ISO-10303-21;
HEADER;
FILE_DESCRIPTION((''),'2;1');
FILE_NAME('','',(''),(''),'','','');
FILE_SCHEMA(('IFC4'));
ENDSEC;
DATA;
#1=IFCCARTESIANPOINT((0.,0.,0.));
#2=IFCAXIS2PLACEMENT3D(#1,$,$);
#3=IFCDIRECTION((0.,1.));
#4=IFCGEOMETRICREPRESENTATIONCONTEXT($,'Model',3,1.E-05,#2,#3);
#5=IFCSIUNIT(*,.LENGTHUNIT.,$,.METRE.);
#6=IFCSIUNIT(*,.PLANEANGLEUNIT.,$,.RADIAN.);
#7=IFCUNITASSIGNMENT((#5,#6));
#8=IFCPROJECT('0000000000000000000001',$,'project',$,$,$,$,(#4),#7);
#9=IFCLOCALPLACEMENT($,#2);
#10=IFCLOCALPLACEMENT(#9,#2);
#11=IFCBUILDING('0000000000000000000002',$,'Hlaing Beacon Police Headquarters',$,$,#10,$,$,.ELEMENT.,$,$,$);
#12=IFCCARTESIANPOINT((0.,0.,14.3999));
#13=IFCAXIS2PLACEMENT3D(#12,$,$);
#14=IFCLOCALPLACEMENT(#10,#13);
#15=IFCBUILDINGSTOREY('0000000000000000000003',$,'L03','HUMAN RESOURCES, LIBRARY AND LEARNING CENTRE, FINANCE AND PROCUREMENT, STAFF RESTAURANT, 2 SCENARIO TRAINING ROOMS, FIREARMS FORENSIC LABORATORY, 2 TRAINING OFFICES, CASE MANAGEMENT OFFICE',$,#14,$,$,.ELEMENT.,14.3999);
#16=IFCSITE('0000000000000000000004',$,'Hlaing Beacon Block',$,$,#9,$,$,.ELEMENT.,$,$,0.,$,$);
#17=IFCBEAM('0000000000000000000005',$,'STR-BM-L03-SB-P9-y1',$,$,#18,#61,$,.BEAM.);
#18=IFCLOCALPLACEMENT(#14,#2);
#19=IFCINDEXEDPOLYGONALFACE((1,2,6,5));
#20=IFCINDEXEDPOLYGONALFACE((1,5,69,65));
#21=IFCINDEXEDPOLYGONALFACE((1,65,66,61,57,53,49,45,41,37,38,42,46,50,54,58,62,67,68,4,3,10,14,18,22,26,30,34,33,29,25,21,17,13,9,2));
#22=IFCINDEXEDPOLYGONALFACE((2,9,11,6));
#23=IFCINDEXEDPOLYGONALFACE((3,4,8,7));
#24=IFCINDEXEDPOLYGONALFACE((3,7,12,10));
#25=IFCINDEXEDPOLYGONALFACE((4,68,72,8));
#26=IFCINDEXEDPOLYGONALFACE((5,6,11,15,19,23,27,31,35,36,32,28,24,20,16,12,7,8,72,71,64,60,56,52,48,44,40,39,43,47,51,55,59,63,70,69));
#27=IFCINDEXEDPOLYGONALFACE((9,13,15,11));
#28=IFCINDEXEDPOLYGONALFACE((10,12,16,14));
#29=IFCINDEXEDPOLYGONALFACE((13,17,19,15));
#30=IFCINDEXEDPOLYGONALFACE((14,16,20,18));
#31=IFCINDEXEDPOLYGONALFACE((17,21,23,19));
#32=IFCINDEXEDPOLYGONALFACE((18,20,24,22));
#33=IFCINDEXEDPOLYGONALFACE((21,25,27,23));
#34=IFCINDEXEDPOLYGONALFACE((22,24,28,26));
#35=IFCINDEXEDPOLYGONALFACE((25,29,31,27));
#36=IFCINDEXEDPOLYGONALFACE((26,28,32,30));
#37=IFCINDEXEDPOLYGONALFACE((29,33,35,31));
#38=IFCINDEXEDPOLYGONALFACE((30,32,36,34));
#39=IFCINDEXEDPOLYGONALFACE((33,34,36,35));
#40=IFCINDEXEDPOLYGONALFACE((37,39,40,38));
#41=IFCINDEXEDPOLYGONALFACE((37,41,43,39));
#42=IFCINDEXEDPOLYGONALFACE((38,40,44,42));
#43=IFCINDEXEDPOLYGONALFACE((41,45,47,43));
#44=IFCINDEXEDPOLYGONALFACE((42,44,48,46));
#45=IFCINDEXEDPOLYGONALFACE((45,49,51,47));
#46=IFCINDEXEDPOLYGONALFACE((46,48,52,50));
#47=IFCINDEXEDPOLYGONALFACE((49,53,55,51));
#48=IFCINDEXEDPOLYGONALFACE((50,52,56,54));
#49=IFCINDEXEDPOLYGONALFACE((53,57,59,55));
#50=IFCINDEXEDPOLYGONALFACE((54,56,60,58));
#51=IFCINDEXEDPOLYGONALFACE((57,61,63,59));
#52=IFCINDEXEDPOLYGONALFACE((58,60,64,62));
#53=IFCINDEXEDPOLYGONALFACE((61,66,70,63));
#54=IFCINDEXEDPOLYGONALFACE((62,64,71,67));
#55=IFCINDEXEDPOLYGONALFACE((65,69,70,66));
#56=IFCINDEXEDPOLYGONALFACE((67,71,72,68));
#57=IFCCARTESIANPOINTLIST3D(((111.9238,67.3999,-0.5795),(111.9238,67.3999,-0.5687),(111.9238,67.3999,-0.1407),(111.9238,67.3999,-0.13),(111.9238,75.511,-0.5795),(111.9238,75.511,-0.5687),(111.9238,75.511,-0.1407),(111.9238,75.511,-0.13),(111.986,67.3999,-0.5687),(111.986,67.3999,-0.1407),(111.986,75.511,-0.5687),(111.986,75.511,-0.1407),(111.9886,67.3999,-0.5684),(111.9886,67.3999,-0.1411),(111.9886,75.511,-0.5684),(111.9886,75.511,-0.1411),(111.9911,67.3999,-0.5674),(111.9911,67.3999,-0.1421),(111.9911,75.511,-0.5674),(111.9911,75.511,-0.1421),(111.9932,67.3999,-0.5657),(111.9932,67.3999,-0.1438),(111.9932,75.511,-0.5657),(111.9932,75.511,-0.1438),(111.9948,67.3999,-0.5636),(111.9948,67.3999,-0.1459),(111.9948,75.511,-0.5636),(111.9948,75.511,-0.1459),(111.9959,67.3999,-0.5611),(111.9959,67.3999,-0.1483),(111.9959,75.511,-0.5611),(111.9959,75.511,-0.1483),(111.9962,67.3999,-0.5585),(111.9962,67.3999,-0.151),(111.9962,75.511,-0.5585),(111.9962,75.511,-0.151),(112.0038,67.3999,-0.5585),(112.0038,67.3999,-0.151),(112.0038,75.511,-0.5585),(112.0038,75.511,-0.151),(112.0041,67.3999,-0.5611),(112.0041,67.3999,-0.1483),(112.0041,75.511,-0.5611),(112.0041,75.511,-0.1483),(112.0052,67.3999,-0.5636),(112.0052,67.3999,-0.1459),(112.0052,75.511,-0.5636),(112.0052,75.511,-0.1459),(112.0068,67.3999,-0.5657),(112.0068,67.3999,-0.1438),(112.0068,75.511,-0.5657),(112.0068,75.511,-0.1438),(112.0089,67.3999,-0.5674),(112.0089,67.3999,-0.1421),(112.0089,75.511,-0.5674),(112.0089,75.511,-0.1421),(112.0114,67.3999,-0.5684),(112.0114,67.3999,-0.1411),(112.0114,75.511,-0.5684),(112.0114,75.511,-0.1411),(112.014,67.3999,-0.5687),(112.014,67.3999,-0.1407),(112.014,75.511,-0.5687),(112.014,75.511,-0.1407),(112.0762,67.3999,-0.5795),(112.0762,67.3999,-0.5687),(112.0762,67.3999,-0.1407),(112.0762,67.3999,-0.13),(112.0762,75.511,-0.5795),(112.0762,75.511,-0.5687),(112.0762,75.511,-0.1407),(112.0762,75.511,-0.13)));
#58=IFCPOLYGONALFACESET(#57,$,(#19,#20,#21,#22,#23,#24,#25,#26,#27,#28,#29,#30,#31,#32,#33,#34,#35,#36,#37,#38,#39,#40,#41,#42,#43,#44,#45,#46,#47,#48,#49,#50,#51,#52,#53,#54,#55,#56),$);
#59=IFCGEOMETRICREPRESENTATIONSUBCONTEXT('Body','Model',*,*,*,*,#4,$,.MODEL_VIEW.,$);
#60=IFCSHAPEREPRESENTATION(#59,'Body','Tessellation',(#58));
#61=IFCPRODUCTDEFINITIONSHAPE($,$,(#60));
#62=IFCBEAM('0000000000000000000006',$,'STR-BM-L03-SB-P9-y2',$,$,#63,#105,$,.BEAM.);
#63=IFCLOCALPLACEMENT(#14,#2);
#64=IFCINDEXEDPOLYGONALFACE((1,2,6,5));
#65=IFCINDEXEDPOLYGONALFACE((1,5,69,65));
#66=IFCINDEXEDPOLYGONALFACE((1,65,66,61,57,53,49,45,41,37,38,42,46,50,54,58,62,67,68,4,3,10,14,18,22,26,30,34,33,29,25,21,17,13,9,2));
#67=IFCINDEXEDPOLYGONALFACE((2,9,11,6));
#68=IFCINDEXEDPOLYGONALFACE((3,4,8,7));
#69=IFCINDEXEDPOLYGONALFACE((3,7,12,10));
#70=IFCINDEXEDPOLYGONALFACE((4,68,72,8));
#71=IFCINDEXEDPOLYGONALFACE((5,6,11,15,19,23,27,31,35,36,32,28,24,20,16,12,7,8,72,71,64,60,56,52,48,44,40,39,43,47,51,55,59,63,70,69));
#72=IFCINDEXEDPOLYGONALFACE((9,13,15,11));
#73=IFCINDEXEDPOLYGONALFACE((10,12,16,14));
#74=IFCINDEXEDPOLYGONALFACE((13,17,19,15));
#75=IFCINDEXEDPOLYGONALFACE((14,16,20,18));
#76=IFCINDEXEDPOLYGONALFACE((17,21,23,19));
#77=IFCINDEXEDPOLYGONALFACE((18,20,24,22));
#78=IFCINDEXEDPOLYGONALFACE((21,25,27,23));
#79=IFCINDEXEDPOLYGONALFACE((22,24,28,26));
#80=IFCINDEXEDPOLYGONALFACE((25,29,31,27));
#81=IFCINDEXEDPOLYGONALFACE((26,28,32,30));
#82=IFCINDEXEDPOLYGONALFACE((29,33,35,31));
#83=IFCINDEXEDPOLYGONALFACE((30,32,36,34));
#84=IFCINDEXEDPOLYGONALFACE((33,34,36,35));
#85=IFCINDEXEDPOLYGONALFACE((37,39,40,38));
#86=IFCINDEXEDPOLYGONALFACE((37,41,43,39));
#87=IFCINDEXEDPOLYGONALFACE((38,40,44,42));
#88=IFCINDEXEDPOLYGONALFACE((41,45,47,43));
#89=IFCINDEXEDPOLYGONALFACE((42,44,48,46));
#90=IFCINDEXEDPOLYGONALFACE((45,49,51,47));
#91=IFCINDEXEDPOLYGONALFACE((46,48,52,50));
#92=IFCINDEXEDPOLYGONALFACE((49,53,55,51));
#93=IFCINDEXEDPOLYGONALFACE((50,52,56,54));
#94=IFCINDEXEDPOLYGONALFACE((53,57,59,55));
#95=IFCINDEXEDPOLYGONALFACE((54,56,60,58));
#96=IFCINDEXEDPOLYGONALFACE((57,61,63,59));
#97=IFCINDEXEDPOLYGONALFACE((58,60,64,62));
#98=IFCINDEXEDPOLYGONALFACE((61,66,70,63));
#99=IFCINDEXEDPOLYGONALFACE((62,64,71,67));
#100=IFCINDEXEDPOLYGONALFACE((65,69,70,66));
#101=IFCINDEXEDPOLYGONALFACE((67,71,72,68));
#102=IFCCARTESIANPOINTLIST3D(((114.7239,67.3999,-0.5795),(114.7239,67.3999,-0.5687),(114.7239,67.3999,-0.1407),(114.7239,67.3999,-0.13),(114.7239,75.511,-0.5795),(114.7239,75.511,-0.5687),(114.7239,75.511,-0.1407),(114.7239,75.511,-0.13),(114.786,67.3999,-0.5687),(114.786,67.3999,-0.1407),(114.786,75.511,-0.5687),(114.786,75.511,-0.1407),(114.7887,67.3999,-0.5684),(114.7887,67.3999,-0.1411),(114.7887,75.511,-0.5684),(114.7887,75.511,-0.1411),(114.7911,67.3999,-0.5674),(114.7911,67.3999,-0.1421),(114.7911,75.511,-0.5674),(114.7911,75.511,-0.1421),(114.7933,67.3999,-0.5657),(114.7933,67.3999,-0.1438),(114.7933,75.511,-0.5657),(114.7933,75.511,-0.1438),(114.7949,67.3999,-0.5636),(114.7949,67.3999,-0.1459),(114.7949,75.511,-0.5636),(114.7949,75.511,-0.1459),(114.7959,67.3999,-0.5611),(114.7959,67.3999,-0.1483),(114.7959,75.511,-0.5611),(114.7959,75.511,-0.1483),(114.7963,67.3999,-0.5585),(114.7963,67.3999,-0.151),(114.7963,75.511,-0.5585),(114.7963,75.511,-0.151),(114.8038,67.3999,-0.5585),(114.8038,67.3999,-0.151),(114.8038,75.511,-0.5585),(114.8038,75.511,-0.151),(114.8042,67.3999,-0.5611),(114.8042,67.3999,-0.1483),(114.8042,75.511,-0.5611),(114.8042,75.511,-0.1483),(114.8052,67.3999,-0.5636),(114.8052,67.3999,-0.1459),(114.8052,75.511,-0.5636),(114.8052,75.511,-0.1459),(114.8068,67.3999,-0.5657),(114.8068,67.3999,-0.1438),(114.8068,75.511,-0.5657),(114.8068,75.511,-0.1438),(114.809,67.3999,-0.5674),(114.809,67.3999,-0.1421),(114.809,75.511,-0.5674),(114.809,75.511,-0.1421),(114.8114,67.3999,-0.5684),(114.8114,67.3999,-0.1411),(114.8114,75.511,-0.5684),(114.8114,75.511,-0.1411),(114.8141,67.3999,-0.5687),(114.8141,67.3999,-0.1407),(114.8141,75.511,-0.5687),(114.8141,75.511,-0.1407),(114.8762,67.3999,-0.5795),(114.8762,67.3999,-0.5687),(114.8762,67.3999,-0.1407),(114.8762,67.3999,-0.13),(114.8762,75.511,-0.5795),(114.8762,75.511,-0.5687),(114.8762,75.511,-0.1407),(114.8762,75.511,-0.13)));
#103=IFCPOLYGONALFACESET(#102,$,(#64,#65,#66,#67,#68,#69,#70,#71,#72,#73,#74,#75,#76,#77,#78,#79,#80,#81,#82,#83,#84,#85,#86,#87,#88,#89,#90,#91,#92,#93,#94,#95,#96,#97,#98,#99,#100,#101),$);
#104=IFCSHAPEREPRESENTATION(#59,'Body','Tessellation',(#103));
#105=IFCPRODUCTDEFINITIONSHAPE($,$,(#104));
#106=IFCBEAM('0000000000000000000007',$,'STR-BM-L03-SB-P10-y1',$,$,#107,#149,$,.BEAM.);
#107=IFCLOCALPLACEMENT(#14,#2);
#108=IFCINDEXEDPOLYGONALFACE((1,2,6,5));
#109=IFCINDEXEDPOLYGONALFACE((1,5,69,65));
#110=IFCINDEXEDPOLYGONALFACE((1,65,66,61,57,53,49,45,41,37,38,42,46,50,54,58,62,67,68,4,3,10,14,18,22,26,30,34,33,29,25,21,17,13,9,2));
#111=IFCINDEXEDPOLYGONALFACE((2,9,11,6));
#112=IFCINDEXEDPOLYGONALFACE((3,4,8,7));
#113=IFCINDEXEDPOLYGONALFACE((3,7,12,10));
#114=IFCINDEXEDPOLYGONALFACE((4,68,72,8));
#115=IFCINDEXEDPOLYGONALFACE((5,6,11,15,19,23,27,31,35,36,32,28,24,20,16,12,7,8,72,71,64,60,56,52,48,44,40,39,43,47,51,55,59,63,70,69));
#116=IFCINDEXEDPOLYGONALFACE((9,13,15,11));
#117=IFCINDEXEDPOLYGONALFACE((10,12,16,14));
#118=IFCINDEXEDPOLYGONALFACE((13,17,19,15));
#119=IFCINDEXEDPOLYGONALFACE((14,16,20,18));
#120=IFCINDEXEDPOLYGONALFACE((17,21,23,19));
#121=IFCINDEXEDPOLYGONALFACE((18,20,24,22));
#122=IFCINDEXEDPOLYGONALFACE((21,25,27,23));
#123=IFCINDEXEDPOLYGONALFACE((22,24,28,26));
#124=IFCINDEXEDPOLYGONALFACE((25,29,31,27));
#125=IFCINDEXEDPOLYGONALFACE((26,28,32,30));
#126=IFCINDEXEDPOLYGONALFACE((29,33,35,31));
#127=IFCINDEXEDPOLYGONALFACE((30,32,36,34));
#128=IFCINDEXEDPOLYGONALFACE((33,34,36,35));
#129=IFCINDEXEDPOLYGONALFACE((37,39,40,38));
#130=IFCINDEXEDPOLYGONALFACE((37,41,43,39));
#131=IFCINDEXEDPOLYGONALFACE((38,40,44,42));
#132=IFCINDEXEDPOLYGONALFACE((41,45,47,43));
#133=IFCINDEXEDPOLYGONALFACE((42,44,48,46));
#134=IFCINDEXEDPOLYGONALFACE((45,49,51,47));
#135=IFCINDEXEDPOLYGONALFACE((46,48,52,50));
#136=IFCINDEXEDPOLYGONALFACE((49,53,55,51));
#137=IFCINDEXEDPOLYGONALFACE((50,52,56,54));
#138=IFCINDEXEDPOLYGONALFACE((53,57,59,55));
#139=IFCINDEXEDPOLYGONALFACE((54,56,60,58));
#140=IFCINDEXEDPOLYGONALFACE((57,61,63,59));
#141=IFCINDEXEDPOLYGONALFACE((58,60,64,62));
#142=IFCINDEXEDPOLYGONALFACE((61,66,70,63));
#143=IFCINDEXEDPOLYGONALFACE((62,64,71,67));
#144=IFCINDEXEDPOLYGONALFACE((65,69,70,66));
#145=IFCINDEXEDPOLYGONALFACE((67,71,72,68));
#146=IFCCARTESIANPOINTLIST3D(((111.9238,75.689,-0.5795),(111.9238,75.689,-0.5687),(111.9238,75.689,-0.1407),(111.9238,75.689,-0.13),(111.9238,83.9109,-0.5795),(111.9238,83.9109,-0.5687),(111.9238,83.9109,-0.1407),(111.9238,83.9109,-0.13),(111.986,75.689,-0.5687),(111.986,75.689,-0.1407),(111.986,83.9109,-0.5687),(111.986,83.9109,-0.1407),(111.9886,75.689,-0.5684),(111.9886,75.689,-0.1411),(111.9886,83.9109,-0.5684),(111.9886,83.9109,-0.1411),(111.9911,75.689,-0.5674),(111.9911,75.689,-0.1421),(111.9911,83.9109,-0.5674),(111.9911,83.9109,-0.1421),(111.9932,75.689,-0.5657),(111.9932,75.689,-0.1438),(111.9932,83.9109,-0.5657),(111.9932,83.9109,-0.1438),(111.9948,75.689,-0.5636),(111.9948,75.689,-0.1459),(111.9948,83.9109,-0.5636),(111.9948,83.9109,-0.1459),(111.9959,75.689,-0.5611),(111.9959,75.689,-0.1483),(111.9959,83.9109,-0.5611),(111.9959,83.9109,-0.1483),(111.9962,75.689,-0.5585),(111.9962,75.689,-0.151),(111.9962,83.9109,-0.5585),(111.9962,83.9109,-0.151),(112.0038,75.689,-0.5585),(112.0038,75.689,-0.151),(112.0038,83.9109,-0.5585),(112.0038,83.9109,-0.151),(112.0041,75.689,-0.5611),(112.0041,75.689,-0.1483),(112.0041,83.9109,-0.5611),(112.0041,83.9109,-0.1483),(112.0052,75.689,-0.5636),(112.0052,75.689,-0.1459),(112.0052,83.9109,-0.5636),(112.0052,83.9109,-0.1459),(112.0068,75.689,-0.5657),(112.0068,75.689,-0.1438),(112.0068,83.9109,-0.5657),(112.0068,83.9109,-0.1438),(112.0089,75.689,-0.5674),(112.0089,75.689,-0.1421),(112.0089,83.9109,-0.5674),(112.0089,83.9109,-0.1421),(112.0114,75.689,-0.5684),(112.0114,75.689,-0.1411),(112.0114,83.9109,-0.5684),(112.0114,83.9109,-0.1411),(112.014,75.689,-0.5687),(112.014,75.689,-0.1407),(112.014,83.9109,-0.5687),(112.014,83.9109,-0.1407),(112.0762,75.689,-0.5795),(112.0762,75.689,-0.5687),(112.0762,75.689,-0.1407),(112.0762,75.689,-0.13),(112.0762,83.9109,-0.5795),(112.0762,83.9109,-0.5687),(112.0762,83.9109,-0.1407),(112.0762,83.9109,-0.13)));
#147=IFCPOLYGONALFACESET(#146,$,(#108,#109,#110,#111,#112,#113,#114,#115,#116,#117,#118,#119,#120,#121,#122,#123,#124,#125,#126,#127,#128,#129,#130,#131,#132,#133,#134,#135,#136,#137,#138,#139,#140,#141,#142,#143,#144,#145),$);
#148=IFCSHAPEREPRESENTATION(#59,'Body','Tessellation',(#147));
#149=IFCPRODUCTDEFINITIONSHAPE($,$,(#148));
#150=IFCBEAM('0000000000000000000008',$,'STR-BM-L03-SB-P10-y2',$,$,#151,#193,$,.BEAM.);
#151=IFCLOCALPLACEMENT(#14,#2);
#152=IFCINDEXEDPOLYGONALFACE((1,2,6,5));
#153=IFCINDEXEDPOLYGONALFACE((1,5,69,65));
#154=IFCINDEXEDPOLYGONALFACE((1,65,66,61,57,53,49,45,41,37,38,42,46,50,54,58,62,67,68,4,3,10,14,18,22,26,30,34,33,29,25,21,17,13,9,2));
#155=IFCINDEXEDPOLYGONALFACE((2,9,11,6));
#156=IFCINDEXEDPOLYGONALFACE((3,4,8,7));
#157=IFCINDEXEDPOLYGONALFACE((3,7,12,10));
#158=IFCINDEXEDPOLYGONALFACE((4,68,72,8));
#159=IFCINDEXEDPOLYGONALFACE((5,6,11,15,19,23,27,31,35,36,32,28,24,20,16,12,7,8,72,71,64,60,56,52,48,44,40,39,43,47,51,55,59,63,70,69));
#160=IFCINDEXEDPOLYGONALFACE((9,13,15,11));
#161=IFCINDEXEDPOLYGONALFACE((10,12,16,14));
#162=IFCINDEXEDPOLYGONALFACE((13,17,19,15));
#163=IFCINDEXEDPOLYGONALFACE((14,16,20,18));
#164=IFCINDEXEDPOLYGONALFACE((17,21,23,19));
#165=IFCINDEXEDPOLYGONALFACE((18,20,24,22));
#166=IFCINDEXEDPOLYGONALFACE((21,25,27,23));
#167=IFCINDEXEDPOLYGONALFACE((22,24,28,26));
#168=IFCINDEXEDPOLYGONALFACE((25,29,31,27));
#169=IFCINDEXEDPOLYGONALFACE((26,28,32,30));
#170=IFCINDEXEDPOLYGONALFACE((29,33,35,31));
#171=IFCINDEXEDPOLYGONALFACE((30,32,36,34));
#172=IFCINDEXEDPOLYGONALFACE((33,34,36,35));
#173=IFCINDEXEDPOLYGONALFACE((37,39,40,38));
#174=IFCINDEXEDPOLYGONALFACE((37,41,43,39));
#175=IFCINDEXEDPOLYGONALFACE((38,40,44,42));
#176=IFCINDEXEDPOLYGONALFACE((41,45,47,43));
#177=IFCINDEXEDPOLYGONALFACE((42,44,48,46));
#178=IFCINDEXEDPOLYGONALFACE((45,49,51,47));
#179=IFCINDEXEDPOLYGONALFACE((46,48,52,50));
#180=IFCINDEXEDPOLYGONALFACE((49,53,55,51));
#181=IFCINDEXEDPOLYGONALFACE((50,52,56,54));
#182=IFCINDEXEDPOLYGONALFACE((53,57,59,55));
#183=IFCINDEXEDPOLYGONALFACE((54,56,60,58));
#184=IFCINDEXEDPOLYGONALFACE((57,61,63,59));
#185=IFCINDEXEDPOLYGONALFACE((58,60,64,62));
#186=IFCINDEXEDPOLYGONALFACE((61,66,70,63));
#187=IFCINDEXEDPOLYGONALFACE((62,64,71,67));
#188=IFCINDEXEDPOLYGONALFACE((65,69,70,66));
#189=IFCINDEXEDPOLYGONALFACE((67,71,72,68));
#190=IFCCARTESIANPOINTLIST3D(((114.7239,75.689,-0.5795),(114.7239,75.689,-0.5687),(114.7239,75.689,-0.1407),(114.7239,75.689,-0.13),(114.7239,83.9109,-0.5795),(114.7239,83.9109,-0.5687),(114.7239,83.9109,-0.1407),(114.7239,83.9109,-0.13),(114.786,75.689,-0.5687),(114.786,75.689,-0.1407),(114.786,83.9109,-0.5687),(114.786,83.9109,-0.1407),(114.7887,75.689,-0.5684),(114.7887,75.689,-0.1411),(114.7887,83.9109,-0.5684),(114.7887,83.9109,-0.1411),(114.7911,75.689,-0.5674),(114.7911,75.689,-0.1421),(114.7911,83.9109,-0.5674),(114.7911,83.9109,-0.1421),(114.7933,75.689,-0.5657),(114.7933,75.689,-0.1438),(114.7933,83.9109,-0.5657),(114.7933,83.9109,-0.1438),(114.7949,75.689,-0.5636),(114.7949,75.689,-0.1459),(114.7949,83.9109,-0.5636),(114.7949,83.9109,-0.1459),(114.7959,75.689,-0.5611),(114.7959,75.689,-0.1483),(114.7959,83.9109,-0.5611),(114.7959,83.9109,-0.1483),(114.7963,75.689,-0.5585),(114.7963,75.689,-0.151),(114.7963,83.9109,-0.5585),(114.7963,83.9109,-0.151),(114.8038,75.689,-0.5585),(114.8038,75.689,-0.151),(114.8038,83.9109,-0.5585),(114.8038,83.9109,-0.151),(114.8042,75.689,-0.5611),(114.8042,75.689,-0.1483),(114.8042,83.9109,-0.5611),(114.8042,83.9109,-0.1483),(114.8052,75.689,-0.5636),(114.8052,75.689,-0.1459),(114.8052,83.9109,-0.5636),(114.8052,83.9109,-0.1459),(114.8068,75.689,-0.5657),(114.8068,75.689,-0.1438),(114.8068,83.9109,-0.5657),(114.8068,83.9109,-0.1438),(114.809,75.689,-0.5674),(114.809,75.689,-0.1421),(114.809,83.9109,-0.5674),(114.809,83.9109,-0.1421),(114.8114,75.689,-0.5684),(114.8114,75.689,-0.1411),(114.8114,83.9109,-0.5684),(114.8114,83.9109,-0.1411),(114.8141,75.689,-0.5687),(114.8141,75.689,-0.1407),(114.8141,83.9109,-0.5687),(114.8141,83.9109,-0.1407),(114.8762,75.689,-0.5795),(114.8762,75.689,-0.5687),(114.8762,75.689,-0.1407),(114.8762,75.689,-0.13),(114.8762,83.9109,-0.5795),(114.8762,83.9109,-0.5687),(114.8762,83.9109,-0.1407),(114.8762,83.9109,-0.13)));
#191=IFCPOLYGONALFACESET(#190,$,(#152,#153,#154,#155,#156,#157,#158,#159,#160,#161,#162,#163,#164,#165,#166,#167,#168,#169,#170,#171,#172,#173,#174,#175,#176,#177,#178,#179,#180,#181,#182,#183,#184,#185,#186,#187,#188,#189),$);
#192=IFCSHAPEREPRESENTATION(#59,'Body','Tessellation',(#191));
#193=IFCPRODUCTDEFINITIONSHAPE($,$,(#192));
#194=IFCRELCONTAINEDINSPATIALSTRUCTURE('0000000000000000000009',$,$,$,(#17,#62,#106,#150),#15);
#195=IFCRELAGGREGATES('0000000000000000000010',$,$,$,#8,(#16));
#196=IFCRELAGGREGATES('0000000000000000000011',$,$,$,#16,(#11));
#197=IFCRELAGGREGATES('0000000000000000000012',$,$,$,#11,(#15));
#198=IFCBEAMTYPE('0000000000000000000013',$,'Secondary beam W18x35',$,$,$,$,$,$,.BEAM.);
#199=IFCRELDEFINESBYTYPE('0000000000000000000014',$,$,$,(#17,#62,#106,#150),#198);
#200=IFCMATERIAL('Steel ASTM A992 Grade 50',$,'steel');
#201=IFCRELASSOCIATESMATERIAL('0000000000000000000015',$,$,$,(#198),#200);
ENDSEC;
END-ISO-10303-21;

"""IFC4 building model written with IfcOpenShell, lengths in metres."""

from ifc_helpers import new_model, si_unit, direction, frame, origin, origin_2d, place, context, subcontext, project, spatial, i_section, extrude, material, material_profile, profile_set, type_object, element, save


model = new_model("IFC4")

# Units and contexts
model_context = context("Model", 3, precision=1e-05, world=origin(), true_north=direction((0.0, 1.0)))
body_context = subcontext(model_context, "Body", "Model", "MODEL_VIEW")
ifc_project = project(units=[si_unit("LENGTHUNIT", "METRE"), si_unit("PLANEANGLEUNIT", "RADIAN")], contexts=[model_context])

# Site, building, storey
site_placement = place(None, origin())
site = spatial("IfcSite", under=ifc_project, at=site_placement, Name="Hlaing Beacon Block", CompositionType="ELEMENT", RefElevation=0.0)
building_placement = place(site_placement, origin())
building = spatial("IfcBuilding", under=site, at=building_placement, Name="Hlaing Beacon Police Headquarters", CompositionType="ELEMENT")
storey_placement = place(building_placement, frame((0.0, 0.0, 14.3999)))
storey = spatial("IfcBuildingStorey", under=building, at=storey_placement, Name="L03", Description="HUMAN RESOURCES, LIBRARY AND LEARNING CENTRE, FINANCE AND PROCUREMENT, STAFF RESTAURANT, 2 SCENARIO TRAINING ROOMS, FIREARMS FORENSIC LABORATORY, 2 TRAINING OFFICES, CASE MANAGEMENT OFFICE", CompositionType="ELEMENT", Elevation=14.3999)

# Beams
ifc_material_1 = material(Name="Steel ASTM A992 Grade 50", Category="steel")
ifc_material_profile_1 = material_profile(ifc_material_1, i_section(OverallWidth=0.1523, OverallDepth=0.4495, WebThickness=0.0076, FlangeThickness=0.0107, FilletRadius=0.0103, at=origin_2d()), Name="W18x35")
ifc_profile_set_1 = profile_set([ifc_material_profile_1], Name="Steel ASTM A992 Grade 50")
beam_type_1 = type_object("IfcBeamType", Name="Secondary beam W18x35", PredefinedType="BEAM", material=ifc_profile_set_1)
for number, where, z_axis, x_axis, name in (
    (1, (112.0, 67.3999, -0.3547), (0.0, 1.0, 0.0), (-1.0, 0.0, 0.0), "STR-BM-L03-SB-P9-y1"),
    (2, (114.8, 67.3999, -0.3547), (0.0, 1.0, 0.0), (-1.0, 0.0, 0.0), "STR-BM-L03-SB-P9-y2"),
):
    element("IfcBeam", number, at=place(storey_placement, frame(where, z_axis=z_axis, x_axis=x_axis)), inside=storey, type_object=beam_type_1, Name=name, PredefinedType="BEAM", context=body_context, shape_type="SweptSolid", body=[
        extrude(i_section(OverallWidth=0.1523, OverallDepth=0.4495, WebThickness=0.0076, FlangeThickness=0.0107, FilletRadius=0.0103, at=origin_2d()), origin(), (0.0, 0.0, 1.0), 8.1111),
    ])
for number, where, z_axis, x_axis, name in (
    (3, (112.0, 75.689, -0.3547), (0.0, 1.0, 0.0), (-1.0, 0.0, 0.0), "STR-BM-L03-SB-P10-y1"),
    (4, (114.8, 75.689, -0.3547), (0.0, 1.0, 0.0), (-1.0, 0.0, 0.0), "STR-BM-L03-SB-P10-y2"),
):
    element("IfcBeam", number, at=place(storey_placement, frame(where, z_axis=z_axis, x_axis=x_axis)), inside=storey, type_object=beam_type_1, Name=name, PredefinedType="BEAM", context=body_context, shape_type="SweptSolid", body=[
        extrude(i_section(OverallWidth=0.1523, OverallDepth=0.4495, WebThickness=0.0076, FlangeThickness=0.0107, FilletRadius=0.0103, at=origin_2d()), origin(), (0.0, 0.0, 1.0), 8.2219),
    ])

save(model, "model.ifc")
